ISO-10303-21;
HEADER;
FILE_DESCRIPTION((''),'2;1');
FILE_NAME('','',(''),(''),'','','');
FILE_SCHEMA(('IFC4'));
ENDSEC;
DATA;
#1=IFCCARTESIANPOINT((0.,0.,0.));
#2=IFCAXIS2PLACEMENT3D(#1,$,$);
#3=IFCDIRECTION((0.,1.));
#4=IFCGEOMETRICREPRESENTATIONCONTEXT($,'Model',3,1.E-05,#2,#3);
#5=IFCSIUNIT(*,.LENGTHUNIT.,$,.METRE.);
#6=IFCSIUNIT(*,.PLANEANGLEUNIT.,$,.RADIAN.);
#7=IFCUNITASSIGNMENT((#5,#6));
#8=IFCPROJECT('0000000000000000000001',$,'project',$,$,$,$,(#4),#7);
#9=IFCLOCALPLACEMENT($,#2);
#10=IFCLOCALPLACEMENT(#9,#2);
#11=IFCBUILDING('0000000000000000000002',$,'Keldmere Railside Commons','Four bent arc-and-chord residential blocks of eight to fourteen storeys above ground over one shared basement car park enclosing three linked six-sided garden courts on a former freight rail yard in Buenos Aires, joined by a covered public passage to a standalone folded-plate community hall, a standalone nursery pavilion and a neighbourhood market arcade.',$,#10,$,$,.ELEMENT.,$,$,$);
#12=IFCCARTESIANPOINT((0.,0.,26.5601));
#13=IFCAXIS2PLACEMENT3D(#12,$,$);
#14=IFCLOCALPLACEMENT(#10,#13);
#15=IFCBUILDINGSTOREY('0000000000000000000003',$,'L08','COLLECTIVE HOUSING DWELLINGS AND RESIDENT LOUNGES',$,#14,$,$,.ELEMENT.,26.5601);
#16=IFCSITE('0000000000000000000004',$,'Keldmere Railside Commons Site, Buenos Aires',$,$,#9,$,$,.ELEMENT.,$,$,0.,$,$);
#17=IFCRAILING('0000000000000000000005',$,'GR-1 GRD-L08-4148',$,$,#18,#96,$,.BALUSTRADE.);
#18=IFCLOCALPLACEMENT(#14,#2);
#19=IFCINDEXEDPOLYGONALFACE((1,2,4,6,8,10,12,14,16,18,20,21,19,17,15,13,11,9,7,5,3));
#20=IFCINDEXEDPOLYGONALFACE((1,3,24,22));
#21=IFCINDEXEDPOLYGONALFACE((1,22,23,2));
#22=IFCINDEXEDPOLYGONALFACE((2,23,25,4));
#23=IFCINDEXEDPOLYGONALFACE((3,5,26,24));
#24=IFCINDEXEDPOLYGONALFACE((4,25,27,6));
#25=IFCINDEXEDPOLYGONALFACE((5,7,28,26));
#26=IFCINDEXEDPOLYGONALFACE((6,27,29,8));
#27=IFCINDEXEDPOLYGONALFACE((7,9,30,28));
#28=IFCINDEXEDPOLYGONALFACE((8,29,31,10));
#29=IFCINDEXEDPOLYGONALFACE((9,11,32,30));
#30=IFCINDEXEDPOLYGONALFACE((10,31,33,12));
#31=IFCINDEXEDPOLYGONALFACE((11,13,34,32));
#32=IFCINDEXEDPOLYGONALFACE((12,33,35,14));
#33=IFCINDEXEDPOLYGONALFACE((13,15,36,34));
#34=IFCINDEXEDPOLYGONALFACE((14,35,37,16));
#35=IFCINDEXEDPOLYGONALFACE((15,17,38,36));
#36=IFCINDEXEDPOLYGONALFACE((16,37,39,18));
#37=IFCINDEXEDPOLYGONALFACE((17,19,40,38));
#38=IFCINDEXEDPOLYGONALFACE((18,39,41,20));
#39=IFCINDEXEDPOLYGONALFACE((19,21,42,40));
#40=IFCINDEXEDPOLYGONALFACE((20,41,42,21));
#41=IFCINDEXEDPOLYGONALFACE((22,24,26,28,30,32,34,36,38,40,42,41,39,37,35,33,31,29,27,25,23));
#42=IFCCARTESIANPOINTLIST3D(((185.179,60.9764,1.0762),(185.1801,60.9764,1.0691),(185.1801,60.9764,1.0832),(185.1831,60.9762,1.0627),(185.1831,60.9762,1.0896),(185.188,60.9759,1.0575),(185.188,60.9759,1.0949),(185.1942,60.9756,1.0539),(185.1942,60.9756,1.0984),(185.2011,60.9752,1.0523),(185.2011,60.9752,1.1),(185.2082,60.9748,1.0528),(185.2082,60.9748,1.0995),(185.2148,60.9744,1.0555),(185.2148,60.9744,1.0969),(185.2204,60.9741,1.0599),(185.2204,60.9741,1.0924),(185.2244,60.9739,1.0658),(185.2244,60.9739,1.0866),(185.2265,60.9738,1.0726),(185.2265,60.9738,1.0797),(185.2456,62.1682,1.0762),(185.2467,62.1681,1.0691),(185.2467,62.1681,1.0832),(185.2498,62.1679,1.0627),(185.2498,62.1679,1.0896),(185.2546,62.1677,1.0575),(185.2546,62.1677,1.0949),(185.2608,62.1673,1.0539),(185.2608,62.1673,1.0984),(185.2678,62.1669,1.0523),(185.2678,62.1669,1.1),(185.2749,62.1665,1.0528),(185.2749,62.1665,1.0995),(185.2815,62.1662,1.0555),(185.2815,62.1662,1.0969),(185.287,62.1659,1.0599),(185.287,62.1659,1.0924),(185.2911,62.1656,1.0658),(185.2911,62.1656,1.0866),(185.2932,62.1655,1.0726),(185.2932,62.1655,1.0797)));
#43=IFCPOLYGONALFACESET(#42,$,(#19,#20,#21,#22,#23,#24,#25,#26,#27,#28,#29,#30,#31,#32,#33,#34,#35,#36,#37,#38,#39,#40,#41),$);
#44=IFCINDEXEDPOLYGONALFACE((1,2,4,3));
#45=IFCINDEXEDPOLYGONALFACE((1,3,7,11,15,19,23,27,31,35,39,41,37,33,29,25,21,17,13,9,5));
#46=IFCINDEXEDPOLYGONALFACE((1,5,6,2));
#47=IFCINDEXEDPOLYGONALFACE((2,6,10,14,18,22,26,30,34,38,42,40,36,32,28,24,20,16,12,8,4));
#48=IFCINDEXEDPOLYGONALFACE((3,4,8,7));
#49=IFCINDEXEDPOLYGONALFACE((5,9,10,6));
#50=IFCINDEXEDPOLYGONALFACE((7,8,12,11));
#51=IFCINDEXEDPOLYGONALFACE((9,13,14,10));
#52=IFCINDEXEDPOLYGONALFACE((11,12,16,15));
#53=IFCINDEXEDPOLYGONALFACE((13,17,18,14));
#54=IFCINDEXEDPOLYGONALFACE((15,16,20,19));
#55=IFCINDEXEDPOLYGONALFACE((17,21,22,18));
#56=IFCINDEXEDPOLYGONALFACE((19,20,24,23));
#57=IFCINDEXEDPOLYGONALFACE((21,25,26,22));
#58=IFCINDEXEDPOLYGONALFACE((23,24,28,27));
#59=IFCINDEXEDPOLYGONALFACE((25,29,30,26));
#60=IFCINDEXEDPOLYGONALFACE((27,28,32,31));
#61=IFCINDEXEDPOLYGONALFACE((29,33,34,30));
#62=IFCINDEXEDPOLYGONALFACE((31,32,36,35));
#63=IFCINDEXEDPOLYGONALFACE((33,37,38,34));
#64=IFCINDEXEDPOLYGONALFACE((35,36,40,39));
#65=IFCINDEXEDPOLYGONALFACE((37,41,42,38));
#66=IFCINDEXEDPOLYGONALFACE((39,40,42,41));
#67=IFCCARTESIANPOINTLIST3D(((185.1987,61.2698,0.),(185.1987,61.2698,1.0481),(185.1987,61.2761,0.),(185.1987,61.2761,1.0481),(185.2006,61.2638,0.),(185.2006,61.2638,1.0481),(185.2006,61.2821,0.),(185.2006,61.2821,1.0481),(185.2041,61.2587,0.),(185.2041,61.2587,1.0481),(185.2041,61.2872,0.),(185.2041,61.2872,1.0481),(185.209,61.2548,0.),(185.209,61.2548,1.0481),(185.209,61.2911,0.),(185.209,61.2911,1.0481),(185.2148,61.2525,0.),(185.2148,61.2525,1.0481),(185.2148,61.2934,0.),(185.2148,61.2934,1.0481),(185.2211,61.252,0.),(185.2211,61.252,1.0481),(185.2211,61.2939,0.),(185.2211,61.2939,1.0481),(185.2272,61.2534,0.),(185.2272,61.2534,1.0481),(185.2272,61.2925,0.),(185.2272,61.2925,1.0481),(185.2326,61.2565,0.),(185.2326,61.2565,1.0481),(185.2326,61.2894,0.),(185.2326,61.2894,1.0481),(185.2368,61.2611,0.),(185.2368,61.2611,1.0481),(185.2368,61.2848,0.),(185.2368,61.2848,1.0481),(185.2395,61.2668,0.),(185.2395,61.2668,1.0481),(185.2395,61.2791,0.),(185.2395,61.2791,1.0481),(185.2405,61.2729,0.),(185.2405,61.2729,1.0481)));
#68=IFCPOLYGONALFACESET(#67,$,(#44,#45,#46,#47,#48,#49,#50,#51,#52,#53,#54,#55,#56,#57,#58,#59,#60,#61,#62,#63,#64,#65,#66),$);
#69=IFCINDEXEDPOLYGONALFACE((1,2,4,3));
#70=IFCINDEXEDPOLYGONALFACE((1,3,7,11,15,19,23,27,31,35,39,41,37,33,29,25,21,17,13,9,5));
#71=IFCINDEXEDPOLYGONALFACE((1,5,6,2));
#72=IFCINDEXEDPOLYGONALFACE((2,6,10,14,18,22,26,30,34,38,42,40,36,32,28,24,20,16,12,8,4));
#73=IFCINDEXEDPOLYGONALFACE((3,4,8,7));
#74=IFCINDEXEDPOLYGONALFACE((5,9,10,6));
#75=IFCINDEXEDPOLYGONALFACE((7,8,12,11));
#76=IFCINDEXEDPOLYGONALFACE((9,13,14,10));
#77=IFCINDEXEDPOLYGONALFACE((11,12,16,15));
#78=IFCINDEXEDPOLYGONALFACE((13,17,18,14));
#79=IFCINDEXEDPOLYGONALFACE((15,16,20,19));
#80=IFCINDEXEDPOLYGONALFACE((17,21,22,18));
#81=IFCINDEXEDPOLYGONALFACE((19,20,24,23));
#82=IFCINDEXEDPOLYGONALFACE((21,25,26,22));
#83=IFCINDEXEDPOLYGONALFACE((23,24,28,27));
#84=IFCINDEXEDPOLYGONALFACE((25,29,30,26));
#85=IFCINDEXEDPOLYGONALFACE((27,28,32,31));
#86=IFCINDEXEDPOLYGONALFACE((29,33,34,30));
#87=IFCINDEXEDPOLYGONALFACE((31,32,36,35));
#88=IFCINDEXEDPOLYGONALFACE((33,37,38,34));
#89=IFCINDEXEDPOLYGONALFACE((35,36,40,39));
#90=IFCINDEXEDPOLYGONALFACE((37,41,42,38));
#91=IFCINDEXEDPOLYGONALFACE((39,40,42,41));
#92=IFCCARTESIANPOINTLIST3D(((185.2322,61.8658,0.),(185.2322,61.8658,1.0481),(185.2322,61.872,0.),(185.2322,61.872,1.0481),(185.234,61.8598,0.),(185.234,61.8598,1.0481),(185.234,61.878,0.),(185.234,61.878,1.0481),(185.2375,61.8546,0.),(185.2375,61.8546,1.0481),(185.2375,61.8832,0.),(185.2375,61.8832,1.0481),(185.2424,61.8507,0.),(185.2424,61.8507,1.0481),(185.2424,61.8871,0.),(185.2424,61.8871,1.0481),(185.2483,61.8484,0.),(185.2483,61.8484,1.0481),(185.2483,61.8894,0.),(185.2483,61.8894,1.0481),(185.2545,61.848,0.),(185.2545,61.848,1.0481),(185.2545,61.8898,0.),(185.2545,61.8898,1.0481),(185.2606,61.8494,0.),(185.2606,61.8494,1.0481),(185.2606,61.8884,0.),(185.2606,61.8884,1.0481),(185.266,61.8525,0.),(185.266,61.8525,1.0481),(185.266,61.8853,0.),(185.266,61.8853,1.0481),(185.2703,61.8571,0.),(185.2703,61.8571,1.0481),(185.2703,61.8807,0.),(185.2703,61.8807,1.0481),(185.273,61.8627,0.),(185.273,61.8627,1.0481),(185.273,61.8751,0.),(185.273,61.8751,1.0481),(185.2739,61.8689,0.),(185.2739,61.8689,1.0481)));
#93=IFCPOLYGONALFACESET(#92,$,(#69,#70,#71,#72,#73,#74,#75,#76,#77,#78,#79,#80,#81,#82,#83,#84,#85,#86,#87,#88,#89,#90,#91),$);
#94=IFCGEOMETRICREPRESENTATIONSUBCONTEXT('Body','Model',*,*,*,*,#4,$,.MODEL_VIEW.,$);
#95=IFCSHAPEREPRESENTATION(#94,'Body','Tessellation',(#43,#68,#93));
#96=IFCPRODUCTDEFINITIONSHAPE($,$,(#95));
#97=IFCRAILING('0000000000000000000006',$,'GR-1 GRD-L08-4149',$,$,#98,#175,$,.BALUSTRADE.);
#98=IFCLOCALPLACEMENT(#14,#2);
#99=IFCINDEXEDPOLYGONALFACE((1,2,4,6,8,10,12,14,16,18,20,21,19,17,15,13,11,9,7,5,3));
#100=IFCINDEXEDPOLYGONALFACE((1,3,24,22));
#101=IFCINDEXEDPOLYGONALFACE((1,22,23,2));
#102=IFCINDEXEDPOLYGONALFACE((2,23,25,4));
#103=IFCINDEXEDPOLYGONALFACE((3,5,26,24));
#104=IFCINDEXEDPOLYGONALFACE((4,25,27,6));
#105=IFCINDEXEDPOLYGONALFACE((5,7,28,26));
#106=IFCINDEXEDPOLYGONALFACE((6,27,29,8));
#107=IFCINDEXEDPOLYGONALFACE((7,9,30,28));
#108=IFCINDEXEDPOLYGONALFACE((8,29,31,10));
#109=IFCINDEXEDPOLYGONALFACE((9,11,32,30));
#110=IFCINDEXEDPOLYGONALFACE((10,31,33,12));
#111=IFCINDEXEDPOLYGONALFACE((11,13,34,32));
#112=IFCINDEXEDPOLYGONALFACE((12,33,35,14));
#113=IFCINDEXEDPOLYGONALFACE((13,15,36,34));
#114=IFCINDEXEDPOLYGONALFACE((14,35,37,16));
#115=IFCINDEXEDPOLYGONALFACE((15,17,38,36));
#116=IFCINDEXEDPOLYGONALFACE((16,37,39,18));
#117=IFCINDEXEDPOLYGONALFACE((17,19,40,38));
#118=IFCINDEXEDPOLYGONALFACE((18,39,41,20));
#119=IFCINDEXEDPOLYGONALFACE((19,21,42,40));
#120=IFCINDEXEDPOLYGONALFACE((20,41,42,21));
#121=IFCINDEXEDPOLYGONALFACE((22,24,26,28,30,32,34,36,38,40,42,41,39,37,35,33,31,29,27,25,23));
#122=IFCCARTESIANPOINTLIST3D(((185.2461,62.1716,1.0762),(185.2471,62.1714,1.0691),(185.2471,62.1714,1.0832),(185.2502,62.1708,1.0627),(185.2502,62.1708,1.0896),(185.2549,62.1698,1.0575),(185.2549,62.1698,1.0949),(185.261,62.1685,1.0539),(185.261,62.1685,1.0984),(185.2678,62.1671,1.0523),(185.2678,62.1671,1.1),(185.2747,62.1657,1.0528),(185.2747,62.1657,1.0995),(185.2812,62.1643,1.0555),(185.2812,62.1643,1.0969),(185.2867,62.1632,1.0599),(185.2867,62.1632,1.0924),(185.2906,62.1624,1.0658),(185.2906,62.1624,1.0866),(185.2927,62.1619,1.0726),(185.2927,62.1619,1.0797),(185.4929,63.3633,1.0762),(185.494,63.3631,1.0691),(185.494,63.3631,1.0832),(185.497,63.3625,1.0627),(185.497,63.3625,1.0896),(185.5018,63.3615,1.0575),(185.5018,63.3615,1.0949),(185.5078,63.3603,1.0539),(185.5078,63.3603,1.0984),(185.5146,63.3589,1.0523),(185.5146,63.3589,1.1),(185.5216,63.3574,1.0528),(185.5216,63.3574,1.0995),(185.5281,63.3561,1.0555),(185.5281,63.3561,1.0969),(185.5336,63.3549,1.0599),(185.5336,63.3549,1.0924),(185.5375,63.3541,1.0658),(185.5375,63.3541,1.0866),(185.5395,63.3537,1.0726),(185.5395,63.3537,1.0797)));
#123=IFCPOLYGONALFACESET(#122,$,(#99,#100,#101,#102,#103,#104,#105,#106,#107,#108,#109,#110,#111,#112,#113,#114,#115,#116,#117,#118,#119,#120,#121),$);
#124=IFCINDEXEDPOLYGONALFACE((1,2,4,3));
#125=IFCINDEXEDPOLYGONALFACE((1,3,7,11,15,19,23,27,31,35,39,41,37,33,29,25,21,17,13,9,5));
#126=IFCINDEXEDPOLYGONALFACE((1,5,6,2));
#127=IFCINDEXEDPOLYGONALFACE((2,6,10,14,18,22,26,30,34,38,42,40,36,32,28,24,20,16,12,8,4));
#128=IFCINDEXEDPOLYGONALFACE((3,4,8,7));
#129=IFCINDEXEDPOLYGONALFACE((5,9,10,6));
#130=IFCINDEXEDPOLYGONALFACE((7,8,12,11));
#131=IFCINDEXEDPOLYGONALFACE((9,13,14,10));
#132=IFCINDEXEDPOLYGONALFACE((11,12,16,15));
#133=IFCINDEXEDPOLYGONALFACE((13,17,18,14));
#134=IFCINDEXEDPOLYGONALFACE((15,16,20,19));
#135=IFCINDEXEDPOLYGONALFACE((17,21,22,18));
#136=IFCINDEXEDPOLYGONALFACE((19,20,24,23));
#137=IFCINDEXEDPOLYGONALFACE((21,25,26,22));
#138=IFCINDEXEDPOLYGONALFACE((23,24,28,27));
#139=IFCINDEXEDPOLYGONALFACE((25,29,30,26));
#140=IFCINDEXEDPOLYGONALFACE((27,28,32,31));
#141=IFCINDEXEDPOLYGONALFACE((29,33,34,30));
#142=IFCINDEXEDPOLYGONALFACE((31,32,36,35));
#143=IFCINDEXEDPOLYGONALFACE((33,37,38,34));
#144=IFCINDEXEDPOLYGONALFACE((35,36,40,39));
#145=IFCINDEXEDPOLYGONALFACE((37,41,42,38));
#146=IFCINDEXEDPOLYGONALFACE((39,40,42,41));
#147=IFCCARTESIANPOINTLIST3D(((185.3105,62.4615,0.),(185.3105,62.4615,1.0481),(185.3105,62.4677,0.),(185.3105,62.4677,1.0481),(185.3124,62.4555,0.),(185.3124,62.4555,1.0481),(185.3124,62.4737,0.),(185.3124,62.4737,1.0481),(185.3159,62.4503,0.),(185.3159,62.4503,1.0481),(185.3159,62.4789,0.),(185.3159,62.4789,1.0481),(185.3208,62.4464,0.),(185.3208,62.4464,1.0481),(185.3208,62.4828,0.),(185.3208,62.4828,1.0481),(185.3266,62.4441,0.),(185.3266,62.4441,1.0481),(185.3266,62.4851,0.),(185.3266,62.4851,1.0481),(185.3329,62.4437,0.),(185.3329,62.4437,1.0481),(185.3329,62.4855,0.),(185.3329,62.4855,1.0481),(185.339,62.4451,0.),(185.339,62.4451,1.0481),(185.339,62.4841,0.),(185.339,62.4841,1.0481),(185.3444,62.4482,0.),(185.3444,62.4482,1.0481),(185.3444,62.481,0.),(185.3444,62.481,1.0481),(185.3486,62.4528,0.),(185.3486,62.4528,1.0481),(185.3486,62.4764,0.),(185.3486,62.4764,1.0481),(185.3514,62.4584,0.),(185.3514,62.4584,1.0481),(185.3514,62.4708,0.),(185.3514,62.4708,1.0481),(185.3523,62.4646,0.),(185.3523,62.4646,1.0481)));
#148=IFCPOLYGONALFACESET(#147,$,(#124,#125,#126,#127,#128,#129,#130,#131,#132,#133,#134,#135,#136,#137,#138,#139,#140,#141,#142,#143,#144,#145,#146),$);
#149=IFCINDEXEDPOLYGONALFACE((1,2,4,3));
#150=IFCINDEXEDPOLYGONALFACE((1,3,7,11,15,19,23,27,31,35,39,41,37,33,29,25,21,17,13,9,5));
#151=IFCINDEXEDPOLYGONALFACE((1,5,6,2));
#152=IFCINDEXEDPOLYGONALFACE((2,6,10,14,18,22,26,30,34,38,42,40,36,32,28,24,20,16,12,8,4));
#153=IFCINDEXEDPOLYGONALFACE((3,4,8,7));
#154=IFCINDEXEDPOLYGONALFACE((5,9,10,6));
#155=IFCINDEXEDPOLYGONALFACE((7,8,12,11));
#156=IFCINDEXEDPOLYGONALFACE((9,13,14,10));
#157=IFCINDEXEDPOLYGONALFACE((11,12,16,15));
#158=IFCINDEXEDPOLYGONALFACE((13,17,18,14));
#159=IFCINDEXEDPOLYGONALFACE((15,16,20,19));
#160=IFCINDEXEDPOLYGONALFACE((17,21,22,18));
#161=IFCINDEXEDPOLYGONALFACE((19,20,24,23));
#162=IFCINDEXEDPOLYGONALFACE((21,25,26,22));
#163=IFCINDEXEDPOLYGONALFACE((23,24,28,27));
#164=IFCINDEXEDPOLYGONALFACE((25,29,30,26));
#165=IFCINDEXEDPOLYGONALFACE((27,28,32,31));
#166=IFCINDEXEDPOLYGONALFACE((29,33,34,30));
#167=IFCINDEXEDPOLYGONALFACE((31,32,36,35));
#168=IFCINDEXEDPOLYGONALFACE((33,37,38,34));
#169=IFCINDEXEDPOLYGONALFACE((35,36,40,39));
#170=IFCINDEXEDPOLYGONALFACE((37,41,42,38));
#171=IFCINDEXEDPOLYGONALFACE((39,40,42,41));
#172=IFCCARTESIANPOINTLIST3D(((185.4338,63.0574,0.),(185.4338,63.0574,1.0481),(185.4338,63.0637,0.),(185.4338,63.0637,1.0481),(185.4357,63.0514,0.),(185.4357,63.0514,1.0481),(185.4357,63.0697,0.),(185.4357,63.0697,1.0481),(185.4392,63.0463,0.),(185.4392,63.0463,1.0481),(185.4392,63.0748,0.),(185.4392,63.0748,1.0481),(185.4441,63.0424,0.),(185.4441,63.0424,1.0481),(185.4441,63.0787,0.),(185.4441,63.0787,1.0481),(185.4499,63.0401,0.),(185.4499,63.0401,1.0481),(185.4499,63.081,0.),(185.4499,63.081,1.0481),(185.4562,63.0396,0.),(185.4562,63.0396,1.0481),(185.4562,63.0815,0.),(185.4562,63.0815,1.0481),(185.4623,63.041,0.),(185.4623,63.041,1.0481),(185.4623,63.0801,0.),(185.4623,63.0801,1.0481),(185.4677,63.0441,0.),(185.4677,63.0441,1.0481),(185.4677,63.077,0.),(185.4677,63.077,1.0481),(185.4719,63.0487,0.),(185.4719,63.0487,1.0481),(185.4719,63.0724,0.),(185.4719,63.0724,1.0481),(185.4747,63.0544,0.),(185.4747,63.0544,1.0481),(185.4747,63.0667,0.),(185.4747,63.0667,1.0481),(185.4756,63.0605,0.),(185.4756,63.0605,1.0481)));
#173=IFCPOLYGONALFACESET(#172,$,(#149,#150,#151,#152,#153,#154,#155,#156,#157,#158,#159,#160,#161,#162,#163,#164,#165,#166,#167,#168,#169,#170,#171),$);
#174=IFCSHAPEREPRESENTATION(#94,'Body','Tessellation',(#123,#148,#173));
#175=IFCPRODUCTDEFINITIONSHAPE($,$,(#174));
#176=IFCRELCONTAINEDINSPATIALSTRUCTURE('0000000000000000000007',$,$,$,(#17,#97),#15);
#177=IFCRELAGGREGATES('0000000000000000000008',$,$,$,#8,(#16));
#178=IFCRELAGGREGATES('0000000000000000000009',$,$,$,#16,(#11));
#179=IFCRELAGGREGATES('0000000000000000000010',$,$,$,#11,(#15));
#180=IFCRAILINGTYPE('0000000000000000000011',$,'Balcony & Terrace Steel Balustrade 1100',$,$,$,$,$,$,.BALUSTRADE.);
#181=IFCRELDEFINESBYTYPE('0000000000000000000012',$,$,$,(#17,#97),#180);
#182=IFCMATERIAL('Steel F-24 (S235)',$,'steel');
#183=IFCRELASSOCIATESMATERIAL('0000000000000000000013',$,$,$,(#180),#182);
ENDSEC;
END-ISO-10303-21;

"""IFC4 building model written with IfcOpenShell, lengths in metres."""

from ifc_helpers import new_model, si_unit, direction, frame, origin, origin_2d, place, context, subcontext, project, spatial, circle, extrude, material, type_object, element, save


model = new_model("IFC4")

# Units and contexts
model_context = context("Model", 3, precision=1e-05, world=origin(), true_north=direction((0.0, 1.0)))
body_context = subcontext(model_context, "Body", "Model", "MODEL_VIEW")
ifc_project = project(units=[si_unit("LENGTHUNIT", "METRE"), si_unit("PLANEANGLEUNIT", "RADIAN")], contexts=[model_context])

# Site, building, storey
site_placement = place(None, origin())
site = spatial("IfcSite", under=ifc_project, at=site_placement, Name="Keldmere Railside Commons Site, Buenos Aires", CompositionType="ELEMENT", RefElevation=0.0)
building_placement = place(site_placement, origin())
building = spatial("IfcBuilding", under=site, at=building_placement, Name="Keldmere Railside Commons", Description="Four bent arc-and-chord residential blocks of eight to fourteen storeys above ground over one shared basement car park enclosing three linked six-sided garden courts on a former freight rail yard in Buenos Aires, joined by a covered public passage to a standalone folded-plate community hall, a standalone nursery pavilion and a neighbourhood market arcade.", CompositionType="ELEMENT")
storey_placement = place(building_placement, frame((0.0, 0.0, 26.5601)))
storey = spatial("IfcBuildingStorey", under=building, at=storey_placement, Name="L08", Description="COLLECTIVE HOUSING DWELLINGS AND RESIDENT LOUNGES", CompositionType="ELEMENT", Elevation=26.5601)

# Railings
ifc_material_1 = material(Name="Steel F-24 (S235)", Category="steel")
railing_type = type_object("IfcRailingType", Name="Balcony & Terrace Steel Balustrade 1100", PredefinedType="BALUSTRADE", material=ifc_material_1)
railing_1_placement = place(storey_placement, frame((185.2029, 60.9751, 0.0)))
element("IfcRailing", 1, at=railing_1_placement, inside=storey, type_object=railing_type, Name="GR-1 GRD-L08-4148", PredefinedType="BALUSTRADE", context=body_context, shape_type="SweptSolid", body=[
    extrude(circle(Radius=0.0239, at=origin_2d()), frame((0.0, 0.0, 1.0762), z_axis=(0.055844, 0.99844, 0.0), x_axis=(-0.99844, 0.055844, 0.0)), (0.0, 0.0, 1.0), 1.1936),
    extrude(circle(Radius=0.021, at=origin_2d()), frame((0.0166, 0.2979, 0.0)), (0.0, 0.0, 1.0), 1.0481),
    extrude(circle(Radius=0.021, at=origin_2d()), frame((0.05, 0.8938, 0.0)), (0.0, 0.0, 1.0), 1.0481),
])
railing_2_placement = place(storey_placement, frame((185.2695, 62.1667, 0.0)))
element("IfcRailing", 2, at=railing_2_placement, inside=storey, type_object=railing_type, Name="GR-1 GRD-L08-4149", PredefinedType="BALUSTRADE", context=body_context, shape_type="SweptSolid", body=[
    extrude(circle(Radius=0.0239, at=origin_2d()), frame((0.0, 0.0, 1.0762), z_axis=(0.202825, 0.979215, 0.0), x_axis=(-0.979215, 0.202825, 0.0)), (0.0, 0.0, 1.0), 1.217),
    extrude(circle(Radius=0.021, at=origin_2d()), frame((0.0618, 0.2979, 0.0)), (0.0, 0.0, 1.0), 1.0481),
    extrude(circle(Radius=0.021, at=origin_2d()), frame((0.1851, 0.8938, 0.0)), (0.0, 0.0, 1.0), 1.0481),
])

save(model, "model.ifc")
